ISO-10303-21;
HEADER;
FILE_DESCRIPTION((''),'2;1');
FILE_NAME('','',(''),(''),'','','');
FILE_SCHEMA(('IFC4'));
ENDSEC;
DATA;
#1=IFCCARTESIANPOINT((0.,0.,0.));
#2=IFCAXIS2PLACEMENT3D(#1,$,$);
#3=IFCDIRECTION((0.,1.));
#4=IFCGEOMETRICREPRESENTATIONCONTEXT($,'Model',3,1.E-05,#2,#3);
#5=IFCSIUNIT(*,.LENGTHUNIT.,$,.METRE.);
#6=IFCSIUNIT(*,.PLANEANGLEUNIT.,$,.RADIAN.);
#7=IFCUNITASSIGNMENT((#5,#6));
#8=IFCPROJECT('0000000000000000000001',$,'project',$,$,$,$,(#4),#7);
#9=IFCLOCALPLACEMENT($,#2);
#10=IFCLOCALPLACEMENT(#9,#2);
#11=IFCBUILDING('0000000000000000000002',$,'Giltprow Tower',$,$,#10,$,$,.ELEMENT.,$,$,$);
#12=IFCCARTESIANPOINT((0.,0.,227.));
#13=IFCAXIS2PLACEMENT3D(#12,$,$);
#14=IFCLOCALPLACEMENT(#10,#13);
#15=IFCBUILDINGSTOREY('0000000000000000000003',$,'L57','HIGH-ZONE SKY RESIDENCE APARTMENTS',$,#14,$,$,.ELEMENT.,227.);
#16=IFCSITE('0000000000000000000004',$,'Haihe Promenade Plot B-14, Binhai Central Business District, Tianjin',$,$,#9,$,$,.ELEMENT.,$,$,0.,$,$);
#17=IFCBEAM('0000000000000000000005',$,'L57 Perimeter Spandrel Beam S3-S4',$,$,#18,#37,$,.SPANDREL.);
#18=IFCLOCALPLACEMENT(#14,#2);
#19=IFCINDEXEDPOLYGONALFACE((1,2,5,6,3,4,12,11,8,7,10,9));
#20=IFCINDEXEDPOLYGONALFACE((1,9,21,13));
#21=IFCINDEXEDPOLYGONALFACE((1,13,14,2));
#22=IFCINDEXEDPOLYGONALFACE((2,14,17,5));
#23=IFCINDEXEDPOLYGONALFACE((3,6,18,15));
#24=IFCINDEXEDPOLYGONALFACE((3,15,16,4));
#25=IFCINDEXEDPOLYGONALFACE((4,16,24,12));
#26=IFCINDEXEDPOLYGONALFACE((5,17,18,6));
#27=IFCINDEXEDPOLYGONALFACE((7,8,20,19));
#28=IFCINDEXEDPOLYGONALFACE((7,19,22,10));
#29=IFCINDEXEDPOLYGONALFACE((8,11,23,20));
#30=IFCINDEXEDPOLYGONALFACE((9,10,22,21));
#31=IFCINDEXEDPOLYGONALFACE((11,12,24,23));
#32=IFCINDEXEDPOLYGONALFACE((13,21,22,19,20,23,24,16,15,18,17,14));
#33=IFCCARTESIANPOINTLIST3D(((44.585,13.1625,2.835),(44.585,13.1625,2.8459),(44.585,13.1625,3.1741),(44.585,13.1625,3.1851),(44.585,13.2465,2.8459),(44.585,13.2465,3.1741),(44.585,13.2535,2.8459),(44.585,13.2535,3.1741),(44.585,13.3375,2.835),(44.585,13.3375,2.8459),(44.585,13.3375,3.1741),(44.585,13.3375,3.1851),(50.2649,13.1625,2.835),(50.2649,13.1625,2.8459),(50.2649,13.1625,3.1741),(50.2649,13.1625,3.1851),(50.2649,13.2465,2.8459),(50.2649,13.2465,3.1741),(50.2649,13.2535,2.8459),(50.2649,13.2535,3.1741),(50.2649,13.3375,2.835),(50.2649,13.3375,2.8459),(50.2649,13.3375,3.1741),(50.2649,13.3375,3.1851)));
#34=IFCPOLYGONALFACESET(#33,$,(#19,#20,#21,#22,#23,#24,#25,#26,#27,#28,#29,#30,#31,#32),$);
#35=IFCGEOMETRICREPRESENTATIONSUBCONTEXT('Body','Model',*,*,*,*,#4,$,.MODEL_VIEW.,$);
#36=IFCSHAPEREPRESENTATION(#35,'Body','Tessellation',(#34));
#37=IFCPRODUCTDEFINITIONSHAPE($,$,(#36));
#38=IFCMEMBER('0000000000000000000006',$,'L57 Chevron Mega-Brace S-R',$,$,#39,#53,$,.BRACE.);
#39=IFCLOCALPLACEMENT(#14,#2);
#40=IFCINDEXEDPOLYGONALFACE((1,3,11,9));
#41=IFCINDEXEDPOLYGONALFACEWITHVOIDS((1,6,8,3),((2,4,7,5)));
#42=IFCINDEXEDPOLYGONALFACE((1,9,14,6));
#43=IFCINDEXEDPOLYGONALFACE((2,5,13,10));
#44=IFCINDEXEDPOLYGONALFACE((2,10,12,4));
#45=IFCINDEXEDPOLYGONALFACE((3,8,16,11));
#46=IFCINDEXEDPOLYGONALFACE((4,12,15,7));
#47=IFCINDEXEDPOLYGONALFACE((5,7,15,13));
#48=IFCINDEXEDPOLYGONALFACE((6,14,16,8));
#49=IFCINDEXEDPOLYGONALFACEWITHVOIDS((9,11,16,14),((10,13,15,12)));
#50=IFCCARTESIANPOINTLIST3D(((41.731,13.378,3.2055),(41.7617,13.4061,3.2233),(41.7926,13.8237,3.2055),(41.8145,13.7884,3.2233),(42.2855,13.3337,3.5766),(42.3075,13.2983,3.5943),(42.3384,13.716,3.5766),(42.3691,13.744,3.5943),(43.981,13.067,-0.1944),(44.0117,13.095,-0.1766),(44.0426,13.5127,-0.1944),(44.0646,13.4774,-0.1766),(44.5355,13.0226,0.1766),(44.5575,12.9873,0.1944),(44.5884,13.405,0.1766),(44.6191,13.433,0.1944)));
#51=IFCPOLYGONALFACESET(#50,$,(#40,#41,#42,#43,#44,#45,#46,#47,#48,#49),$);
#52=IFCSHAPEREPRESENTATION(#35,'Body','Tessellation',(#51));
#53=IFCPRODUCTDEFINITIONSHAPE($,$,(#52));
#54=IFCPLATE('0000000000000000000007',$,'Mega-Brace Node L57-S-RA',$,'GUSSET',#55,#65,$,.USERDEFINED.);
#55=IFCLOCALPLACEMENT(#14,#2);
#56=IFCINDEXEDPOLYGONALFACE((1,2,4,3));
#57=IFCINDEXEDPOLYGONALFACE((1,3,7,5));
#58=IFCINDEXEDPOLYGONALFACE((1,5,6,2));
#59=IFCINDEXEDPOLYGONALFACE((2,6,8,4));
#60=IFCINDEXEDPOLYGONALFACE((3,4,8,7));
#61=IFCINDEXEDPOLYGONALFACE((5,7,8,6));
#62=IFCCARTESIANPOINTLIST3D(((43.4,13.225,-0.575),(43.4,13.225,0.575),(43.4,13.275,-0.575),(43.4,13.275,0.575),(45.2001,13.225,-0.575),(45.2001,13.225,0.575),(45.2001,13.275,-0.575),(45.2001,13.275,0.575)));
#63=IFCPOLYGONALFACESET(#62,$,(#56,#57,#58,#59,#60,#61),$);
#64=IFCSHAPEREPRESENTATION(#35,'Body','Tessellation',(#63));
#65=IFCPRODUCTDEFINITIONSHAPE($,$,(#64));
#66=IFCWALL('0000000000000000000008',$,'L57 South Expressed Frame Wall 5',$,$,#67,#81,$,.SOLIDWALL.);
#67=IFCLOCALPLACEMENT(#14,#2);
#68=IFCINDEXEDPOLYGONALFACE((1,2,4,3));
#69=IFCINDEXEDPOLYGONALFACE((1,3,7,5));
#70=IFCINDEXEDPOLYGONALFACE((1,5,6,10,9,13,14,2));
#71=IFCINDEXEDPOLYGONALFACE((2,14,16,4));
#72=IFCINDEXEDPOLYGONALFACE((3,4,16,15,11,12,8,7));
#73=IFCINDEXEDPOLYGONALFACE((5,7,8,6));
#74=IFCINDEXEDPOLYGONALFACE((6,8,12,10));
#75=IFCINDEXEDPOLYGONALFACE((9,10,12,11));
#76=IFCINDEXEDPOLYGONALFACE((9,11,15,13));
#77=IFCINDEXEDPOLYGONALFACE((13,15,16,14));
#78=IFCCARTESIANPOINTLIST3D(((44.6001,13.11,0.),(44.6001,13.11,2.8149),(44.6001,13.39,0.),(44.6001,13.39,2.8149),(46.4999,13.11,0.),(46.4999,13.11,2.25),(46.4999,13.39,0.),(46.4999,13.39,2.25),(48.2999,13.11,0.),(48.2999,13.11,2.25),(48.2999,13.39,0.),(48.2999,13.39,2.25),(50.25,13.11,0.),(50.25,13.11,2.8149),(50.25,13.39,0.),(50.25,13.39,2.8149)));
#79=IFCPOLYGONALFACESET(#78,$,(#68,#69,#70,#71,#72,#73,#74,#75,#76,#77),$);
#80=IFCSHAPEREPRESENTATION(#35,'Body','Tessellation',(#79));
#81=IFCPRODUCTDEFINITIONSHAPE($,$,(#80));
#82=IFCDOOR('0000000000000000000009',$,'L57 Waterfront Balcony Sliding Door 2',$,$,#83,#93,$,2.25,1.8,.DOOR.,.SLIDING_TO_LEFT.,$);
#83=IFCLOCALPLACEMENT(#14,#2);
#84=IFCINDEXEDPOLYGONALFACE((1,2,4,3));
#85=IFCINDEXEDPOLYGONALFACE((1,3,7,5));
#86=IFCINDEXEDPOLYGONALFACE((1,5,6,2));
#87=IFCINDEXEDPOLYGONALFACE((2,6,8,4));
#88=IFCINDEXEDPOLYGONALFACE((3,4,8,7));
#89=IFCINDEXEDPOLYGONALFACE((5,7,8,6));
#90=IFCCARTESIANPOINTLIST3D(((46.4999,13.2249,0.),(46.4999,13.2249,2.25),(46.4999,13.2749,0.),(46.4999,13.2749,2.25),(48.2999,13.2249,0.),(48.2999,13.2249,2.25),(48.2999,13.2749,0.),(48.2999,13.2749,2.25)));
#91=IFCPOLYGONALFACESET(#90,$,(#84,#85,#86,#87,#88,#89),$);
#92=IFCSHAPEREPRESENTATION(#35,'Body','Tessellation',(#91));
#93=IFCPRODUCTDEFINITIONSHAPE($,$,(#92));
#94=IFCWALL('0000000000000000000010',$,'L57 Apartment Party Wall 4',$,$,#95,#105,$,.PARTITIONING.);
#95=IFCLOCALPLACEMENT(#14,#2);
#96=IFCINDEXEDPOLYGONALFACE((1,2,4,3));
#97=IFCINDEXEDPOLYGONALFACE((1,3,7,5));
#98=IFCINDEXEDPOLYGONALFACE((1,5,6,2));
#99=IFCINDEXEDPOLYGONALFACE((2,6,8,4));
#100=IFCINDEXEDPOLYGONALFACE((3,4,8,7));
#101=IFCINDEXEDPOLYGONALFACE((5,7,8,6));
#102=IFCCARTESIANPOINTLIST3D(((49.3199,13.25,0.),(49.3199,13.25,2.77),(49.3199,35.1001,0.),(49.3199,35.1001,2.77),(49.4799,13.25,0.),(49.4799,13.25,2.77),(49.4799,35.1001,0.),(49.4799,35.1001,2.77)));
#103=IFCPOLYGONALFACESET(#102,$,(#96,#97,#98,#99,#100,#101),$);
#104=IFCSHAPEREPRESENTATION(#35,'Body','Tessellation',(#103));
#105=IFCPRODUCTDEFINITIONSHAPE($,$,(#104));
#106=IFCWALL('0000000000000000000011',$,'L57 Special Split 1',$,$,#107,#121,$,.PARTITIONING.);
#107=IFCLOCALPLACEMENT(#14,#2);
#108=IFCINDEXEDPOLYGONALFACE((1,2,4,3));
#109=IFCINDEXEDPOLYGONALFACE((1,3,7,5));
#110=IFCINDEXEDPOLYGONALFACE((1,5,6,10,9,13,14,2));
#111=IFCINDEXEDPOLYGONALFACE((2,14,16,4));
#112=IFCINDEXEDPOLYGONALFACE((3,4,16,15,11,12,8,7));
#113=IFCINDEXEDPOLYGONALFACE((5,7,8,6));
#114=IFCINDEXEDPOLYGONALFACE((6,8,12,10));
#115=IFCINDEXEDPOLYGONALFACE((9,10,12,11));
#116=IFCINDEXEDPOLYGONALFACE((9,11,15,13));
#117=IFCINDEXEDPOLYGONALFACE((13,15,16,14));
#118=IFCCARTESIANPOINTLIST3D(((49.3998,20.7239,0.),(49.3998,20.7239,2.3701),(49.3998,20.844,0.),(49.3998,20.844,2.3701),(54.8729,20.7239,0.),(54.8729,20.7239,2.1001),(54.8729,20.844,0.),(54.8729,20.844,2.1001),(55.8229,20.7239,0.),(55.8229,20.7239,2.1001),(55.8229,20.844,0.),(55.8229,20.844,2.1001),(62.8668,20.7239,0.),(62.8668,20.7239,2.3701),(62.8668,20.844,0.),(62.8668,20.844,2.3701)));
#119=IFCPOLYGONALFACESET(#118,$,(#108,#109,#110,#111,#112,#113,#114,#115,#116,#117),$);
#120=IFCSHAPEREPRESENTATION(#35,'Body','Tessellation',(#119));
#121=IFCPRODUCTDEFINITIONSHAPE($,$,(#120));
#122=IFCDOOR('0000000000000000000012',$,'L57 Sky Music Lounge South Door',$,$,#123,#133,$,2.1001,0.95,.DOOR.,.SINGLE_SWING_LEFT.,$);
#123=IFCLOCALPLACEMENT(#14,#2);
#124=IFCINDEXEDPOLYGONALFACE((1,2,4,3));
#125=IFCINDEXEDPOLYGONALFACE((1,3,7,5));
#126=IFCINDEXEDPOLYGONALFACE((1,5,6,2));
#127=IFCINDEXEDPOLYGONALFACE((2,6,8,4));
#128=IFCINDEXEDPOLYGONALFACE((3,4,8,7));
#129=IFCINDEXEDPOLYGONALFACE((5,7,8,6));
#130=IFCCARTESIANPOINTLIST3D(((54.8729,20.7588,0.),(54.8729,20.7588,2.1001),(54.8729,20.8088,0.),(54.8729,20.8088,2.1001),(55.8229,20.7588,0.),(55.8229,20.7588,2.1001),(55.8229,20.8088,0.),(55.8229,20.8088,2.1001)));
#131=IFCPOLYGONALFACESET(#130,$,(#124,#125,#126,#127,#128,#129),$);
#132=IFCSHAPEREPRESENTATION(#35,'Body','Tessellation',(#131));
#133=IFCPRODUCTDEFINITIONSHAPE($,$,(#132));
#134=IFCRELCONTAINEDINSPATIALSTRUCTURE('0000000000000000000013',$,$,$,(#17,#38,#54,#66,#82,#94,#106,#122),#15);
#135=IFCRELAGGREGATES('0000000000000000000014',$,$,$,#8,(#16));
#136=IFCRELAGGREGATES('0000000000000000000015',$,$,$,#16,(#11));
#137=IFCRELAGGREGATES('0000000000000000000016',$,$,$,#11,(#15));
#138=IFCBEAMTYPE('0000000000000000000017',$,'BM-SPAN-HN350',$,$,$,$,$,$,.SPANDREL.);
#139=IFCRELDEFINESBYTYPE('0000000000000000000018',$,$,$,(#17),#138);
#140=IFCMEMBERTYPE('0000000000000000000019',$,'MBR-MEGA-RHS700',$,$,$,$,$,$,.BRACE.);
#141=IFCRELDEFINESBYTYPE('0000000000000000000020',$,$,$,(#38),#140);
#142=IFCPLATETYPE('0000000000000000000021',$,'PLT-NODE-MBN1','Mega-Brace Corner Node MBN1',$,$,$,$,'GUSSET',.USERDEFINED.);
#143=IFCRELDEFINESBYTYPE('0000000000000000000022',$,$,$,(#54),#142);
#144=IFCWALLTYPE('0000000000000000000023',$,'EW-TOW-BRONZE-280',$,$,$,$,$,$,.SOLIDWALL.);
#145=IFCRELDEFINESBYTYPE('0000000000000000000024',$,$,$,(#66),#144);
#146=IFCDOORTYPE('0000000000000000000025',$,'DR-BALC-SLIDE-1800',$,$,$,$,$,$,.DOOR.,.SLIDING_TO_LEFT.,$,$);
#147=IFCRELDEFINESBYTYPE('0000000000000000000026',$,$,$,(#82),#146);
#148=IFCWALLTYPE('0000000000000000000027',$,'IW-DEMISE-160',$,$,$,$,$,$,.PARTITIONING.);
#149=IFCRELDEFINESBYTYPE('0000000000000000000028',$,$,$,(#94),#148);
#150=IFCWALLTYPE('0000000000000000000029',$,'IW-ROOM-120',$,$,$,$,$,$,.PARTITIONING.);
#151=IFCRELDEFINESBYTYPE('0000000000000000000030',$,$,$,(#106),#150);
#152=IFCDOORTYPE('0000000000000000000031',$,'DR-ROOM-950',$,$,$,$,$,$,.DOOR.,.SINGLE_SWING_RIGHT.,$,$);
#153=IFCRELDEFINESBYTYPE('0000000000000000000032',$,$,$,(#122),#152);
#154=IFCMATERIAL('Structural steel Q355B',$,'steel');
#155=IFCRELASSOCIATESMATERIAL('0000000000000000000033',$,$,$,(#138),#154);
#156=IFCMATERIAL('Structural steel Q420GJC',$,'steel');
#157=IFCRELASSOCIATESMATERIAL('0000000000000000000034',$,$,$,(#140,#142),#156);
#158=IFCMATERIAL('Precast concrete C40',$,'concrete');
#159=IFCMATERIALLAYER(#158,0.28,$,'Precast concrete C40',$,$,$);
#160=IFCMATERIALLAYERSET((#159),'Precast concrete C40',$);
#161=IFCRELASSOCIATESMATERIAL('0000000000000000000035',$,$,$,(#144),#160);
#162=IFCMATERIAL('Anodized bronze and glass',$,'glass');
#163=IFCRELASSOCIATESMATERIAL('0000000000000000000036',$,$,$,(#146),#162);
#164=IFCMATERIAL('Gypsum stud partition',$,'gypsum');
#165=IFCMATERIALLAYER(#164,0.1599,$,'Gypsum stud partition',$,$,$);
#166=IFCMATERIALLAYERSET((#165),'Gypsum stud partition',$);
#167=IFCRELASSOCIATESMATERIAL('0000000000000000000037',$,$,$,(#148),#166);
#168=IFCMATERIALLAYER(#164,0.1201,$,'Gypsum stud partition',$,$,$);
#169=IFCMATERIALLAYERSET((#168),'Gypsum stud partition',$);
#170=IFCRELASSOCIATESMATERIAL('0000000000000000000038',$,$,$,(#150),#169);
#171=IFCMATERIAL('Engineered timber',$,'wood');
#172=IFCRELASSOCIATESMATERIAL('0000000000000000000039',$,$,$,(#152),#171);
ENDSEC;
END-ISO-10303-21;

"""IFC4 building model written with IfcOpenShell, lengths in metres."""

from ifc_helpers import new_model, si_unit, direction, frame, frame_2d, origin, origin_2d, place, context, subcontext, project, spatial, rectangle, hollow_rectangle, i_section, extrude, source, transform, mapped, material, layer, layer_set, material_profile, profile_set, type_object, element, fill, save


model = new_model("IFC4")

# Units and contexts
model_context = context("Model", 3, precision=1e-05, world=origin(), true_north=direction((0.0, 1.0)))
body_context = subcontext(model_context, "Body", "Model", "MODEL_VIEW")
ifc_project = project(units=[si_unit("LENGTHUNIT", "METRE"), si_unit("PLANEANGLEUNIT", "RADIAN")], contexts=[model_context])

# Site, building, storey
site_placement = place(None, origin())
site = spatial("IfcSite", under=ifc_project, at=site_placement, Name="Haihe Promenade Plot B-14, Binhai Central Business District, Tianjin", CompositionType="ELEMENT", RefElevation=0.0)
building_placement = place(site_placement, origin())
building = spatial("IfcBuilding", under=site, at=building_placement, Name="Giltprow Tower", CompositionType="ELEMENT")
storey_placement = place(building_placement, frame((0.0, 0.0, 227.0)))
storey = spatial("IfcBuildingStorey", under=building, at=storey_placement, Name="L57", Description="HIGH-ZONE SKY RESIDENCE APARTMENTS", CompositionType="ELEMENT", Elevation=227.0)

# Shared definitions
ifc_material_1 = material(Name="Structural steel Q355B", Category="steel")

# Beam
ifc_material_profile_1 = material_profile(ifc_material_1, i_section(OverallWidth=0.175, OverallDepth=0.3501, WebThickness=0.0071, FlangeThickness=0.011, at=origin_2d()), Name="HN 350x175x7x11")
ifc_profile_set_1 = profile_set([ifc_material_profile_1], Name="Structural steel Q355B")
beam_type_1 = type_object("IfcBeamType", Name="BM-SPAN-HN350", PredefinedType="SPANDREL", material=ifc_profile_set_1)
shared_shape_1 = source(origin(), body_context, "Body", "SweptSolid", [
    extrude(i_section(OverallWidth=0.175, OverallDepth=0.3501, WebThickness=0.0071, FlangeThickness=0.011, at=origin_2d()), origin(), (0.0, 0.0, 1.0), 5.6799),
])
beam_1_placement = place(storey_placement, frame((44.585, 13.25, 3.01), z_axis=(1.0, 0.0, 0.0), x_axis=(0.0, 1.0, 0.0)))
element("IfcBeam", 1, at=beam_1_placement, inside=storey, type_object=beam_type_1, Name="L57 Perimeter Spandrel Beam S3-S4", PredefinedType="SPANDREL", context=body_context, shape_type="MappedRepresentation", body=[
    mapped(shared_shape_1, transform((0.0, 0.0, 0.0), x_axis=(1.0, 0.0, 0.0), y_axis=(0.0, 1.0, 0.0), z_axis=(0.0, 0.0, 1.0), scale=1.0)),
])

# Member
ifc_material_2 = material(Name="Structural steel Q420GJC", Category="steel")
ifc_material_profile_2 = material_profile(ifc_material_2, hollow_rectangle(XDim=0.45, YDim=0.7, WallThickness=0.032, at=origin_2d()), Name="RHS 700x450x32")
ifc_profile_set_2 = profile_set([ifc_material_profile_2], Name="Structural steel Q420GJC")
member_type = type_object("IfcMemberType", Name="MBR-MEGA-RHS700", PredefinedType="BRACE", material=ifc_profile_set_2)
shared_shape_2 = source(origin(), body_context, "Body", "SweptSolid", [
    extrude(hollow_rectangle(XDim=0.45, YDim=0.7, WallThickness=0.032, at=origin_2d()), origin(), (0.0, 0.0, 1.0), 4.0889),
])
member_placement = place(storey_placement, frame((44.3, 13.25, 0.0), z_axis=(-0.550279, 0.076069, 0.831509), x_axis=(-0.136936, -0.99058, 0.0)))
element("IfcMember", 2, at=member_placement, inside=storey, type_object=member_type, Name="L57 Chevron Mega-Brace S-R", PredefinedType="BRACE", context=body_context, shape_type="MappedRepresentation", body=[
    mapped(shared_shape_2, transform((0.0, 0.0, 0.0), x_axis=(1.0, 0.0, 0.0), y_axis=(0.0, 1.0, 0.0), z_axis=(0.0, 0.0, 1.0), scale=1.0)),
])

# Plate
plate_type = type_object("IfcPlateType", Name="PLT-NODE-MBN1", Description="Mega-Brace Corner Node MBN1", ElementType="GUSSET", PredefinedType="USERDEFINED", material=ifc_material_2)
shared_shape_3 = source(origin(), body_context, "Body", "SweptSolid", [
    extrude(rectangle(XDim=1.8, YDim=0.05, at=origin_2d()), origin(), (0.0, 0.0, 1.0), 1.1499),
])
plate_placement = place(storey_placement, frame((44.3, 13.25, -0.575), z_axis=(0.0, 0.0, 1.0), x_axis=(1.0, 0.0, 0.0)))
element("IfcPlate", 3, at=plate_placement, inside=storey, type_object=plate_type, Name="Mega-Brace Node L57-S-RA", ObjectType="GUSSET", PredefinedType="USERDEFINED", context=body_context, shape_type="MappedRepresentation", body=[
    mapped(shared_shape_3, transform((0.0, 0.0, 0.0), x_axis=(1.0, 0.0, 0.0), y_axis=(0.0, 1.0, 0.0), z_axis=(0.0, 0.0, 1.0), scale=1.0)),
])

# Wall, opening, door
ifc_material_3 = material(Name="Precast concrete C40", Category="concrete")
ifc_layer_1 = layer(ifc_material_3, 0.28, Name="Precast concrete C40")
ifc_layer_set_1 = layer_set([ifc_layer_1], Name="Precast concrete C40")
wall_type_1 = type_object("IfcWallType", Name="EW-TOW-BRONZE-280", PredefinedType="SOLIDWALL", material=ifc_layer_set_1)
wall_1_placement = place(storey_placement, frame((44.6001, 13.25, 0.0), z_axis=(0.0, 0.0, 1.0), x_axis=(1.0, 0.0, 0.0)))
wall_1 = element("IfcWall", 4, at=wall_1_placement, inside=storey, type_object=wall_type_1, Name="L57 South Expressed Frame Wall 5", PredefinedType="SOLIDWALL", context=body_context, shape_type="SweptSolid", body=[
    extrude(rectangle(XDim=5.6499, YDim=0.28, at=frame_2d((2.825, 0.0))), origin(), (0.0, 0.0, 1.0), 2.8149),
])
opening_1_placement = place(wall_1_placement, frame((1.8999, 0.0, 0.0)))
opening_1 = element("IfcOpeningElement", 5, at=opening_1_placement, cuts=wall_1, PredefinedType="OPENING", context=body_context, shape_type="SweptSolid", body=[
    extrude(rectangle(XDim=1.8, YDim=2.25, at=frame_2d((0.8999, 1.125))), frame((0.0, 0.1499, 0.0), z_axis=(0.0, -1.0, 0.0), x_axis=(1.0, 0.0, 0.0)), (0.0, 0.0, 1.0), 0.3),
])
ifc_material_4 = material(Name="Anodized bronze and glass", Category="glass")
door_type_1 = type_object("IfcDoorType", Name="DR-BALC-SLIDE-1800", OperationType="SLIDING_TO_LEFT", PredefinedType="DOOR", material=ifc_material_4)
shared_shape_4 = source(origin(), body_context, "Body", "SweptSolid", [
    extrude(rectangle(XDim=1.8, YDim=2.25, at=frame_2d((0.8999, 1.125))), frame((0.0, 0.0249, 0.0), z_axis=(0.0, -1.0, 0.0), x_axis=(1.0, 0.0, 0.0)), (0.0, 0.0, 1.0), 0.05),
])
door_1_placement = place(opening_1_placement, origin())
door_1 = element("IfcDoor", 6, at=door_1_placement, inside=storey, type_object=door_type_1, Name="L57 Waterfront Balcony Sliding Door 2", OperationType="SLIDING_TO_LEFT", OverallHeight=2.25, OverallWidth=1.8, PredefinedType="DOOR", context=body_context, shape_type="MappedRepresentation", body=[
    mapped(shared_shape_4, transform((0.0, 0.0, 0.0), x_axis=(1.0, 0.0, 0.0), y_axis=(0.0, 1.0, 0.0), z_axis=(0.0, 0.0, 1.0), scale=1.0)),
])
fill(opening_1, door_1)

# Wall
ifc_material_5 = material(Name="Gypsum stud partition", Category="gypsum")
ifc_layer_2 = layer(ifc_material_5, 0.1599, Name="Gypsum stud partition")
ifc_layer_set_2 = layer_set([ifc_layer_2], Name="Gypsum stud partition")
wall_type_2 = type_object("IfcWallType", Name="IW-DEMISE-160", PredefinedType="PARTITIONING", material=ifc_layer_set_2)
wall_2_placement = place(storey_placement, frame((49.3999, 13.25, 0.0), z_axis=(0.0, 0.0, 1.0), x_axis=(0.0, 1.0, 0.0)))
element("IfcWall", 7, at=wall_2_placement, inside=storey, type_object=wall_type_2, Name="L57 Apartment Party Wall 4", PredefinedType="PARTITIONING", context=body_context, shape_type="SweptSolid", body=[
    extrude(rectangle(XDim=21.8501, YDim=0.1599, at=frame_2d((10.925, 0.0))), origin(), (0.0, 0.0, 1.0), 2.77),
])

# Wall, opening, door
ifc_layer_3 = layer(ifc_material_5, 0.1201, Name="Gypsum stud partition")
ifc_layer_set_3 = layer_set([ifc_layer_3], Name="Gypsum stud partition")
wall_type_3 = type_object("IfcWallType", Name="IW-ROOM-120", PredefinedType="PARTITIONING", material=ifc_layer_set_3)
wall_3_placement = place(storey_placement, frame((49.3999, 20.7839, 0.0), z_axis=(0.0, 0.0, 1.0), x_axis=(1.0, 0.0, 0.0)))
wall_3 = element("IfcWall", 8, at=wall_3_placement, inside=storey, type_object=wall_type_3, Name="L57 Special Split 1", PredefinedType="PARTITIONING", context=body_context, shape_type="SweptSolid", body=[
    extrude(rectangle(XDim=13.467, YDim=0.1201, at=frame_2d((6.7334, 0.0))), origin(), (0.0, 0.0, 1.0), 2.3701),
])
opening_2_placement = place(wall_3_placement, frame((5.4729, 0.0, 0.0)))
opening_2 = element("IfcOpeningElement", 9, at=opening_2_placement, cuts=wall_3, PredefinedType="OPENING", context=body_context, shape_type="SweptSolid", body=[
    extrude(rectangle(XDim=0.95, YDim=2.1001, at=frame_2d((0.4751, 1.05))), frame((0.0, 0.0701, 0.0), z_axis=(0.0, -1.0, 0.0), x_axis=(1.0, 0.0, 0.0)), (0.0, 0.0, 1.0), 0.1401),
])
ifc_material_6 = material(Name="Engineered timber", Category="wood")
door_type_2 = type_object("IfcDoorType", Name="DR-ROOM-950", OperationType="SINGLE_SWING_RIGHT", PredefinedType="DOOR", material=ifc_material_6)
shared_shape_5 = source(origin(), body_context, "Body", "SweptSolid", [
    extrude(rectangle(XDim=0.95, YDim=2.1001, at=frame_2d((0.4751, 1.05))), frame((0.0, 0.0249, 0.0), z_axis=(0.0, -1.0, 0.0), x_axis=(1.0, 0.0, 0.0)), (0.0, 0.0, 1.0), 0.05),
])
door_2_placement = place(opening_2_placement, origin())
door_2 = element("IfcDoor", 10, at=door_2_placement, inside=storey, type_object=door_type_2, Name="L57 Sky Music Lounge South Door", OperationType="SINGLE_SWING_LEFT", OverallHeight=2.1001, OverallWidth=0.95, PredefinedType="DOOR", context=body_context, shape_type="MappedRepresentation", body=[
    mapped(shared_shape_5, transform((0.0, 0.0, 0.0), x_axis=(1.0, 0.0, 0.0), y_axis=(0.0, 1.0, 0.0), z_axis=(0.0, 0.0, 1.0), scale=1.0)),
])
fill(opening_2, door_2)

save(model, "model.ifc")
